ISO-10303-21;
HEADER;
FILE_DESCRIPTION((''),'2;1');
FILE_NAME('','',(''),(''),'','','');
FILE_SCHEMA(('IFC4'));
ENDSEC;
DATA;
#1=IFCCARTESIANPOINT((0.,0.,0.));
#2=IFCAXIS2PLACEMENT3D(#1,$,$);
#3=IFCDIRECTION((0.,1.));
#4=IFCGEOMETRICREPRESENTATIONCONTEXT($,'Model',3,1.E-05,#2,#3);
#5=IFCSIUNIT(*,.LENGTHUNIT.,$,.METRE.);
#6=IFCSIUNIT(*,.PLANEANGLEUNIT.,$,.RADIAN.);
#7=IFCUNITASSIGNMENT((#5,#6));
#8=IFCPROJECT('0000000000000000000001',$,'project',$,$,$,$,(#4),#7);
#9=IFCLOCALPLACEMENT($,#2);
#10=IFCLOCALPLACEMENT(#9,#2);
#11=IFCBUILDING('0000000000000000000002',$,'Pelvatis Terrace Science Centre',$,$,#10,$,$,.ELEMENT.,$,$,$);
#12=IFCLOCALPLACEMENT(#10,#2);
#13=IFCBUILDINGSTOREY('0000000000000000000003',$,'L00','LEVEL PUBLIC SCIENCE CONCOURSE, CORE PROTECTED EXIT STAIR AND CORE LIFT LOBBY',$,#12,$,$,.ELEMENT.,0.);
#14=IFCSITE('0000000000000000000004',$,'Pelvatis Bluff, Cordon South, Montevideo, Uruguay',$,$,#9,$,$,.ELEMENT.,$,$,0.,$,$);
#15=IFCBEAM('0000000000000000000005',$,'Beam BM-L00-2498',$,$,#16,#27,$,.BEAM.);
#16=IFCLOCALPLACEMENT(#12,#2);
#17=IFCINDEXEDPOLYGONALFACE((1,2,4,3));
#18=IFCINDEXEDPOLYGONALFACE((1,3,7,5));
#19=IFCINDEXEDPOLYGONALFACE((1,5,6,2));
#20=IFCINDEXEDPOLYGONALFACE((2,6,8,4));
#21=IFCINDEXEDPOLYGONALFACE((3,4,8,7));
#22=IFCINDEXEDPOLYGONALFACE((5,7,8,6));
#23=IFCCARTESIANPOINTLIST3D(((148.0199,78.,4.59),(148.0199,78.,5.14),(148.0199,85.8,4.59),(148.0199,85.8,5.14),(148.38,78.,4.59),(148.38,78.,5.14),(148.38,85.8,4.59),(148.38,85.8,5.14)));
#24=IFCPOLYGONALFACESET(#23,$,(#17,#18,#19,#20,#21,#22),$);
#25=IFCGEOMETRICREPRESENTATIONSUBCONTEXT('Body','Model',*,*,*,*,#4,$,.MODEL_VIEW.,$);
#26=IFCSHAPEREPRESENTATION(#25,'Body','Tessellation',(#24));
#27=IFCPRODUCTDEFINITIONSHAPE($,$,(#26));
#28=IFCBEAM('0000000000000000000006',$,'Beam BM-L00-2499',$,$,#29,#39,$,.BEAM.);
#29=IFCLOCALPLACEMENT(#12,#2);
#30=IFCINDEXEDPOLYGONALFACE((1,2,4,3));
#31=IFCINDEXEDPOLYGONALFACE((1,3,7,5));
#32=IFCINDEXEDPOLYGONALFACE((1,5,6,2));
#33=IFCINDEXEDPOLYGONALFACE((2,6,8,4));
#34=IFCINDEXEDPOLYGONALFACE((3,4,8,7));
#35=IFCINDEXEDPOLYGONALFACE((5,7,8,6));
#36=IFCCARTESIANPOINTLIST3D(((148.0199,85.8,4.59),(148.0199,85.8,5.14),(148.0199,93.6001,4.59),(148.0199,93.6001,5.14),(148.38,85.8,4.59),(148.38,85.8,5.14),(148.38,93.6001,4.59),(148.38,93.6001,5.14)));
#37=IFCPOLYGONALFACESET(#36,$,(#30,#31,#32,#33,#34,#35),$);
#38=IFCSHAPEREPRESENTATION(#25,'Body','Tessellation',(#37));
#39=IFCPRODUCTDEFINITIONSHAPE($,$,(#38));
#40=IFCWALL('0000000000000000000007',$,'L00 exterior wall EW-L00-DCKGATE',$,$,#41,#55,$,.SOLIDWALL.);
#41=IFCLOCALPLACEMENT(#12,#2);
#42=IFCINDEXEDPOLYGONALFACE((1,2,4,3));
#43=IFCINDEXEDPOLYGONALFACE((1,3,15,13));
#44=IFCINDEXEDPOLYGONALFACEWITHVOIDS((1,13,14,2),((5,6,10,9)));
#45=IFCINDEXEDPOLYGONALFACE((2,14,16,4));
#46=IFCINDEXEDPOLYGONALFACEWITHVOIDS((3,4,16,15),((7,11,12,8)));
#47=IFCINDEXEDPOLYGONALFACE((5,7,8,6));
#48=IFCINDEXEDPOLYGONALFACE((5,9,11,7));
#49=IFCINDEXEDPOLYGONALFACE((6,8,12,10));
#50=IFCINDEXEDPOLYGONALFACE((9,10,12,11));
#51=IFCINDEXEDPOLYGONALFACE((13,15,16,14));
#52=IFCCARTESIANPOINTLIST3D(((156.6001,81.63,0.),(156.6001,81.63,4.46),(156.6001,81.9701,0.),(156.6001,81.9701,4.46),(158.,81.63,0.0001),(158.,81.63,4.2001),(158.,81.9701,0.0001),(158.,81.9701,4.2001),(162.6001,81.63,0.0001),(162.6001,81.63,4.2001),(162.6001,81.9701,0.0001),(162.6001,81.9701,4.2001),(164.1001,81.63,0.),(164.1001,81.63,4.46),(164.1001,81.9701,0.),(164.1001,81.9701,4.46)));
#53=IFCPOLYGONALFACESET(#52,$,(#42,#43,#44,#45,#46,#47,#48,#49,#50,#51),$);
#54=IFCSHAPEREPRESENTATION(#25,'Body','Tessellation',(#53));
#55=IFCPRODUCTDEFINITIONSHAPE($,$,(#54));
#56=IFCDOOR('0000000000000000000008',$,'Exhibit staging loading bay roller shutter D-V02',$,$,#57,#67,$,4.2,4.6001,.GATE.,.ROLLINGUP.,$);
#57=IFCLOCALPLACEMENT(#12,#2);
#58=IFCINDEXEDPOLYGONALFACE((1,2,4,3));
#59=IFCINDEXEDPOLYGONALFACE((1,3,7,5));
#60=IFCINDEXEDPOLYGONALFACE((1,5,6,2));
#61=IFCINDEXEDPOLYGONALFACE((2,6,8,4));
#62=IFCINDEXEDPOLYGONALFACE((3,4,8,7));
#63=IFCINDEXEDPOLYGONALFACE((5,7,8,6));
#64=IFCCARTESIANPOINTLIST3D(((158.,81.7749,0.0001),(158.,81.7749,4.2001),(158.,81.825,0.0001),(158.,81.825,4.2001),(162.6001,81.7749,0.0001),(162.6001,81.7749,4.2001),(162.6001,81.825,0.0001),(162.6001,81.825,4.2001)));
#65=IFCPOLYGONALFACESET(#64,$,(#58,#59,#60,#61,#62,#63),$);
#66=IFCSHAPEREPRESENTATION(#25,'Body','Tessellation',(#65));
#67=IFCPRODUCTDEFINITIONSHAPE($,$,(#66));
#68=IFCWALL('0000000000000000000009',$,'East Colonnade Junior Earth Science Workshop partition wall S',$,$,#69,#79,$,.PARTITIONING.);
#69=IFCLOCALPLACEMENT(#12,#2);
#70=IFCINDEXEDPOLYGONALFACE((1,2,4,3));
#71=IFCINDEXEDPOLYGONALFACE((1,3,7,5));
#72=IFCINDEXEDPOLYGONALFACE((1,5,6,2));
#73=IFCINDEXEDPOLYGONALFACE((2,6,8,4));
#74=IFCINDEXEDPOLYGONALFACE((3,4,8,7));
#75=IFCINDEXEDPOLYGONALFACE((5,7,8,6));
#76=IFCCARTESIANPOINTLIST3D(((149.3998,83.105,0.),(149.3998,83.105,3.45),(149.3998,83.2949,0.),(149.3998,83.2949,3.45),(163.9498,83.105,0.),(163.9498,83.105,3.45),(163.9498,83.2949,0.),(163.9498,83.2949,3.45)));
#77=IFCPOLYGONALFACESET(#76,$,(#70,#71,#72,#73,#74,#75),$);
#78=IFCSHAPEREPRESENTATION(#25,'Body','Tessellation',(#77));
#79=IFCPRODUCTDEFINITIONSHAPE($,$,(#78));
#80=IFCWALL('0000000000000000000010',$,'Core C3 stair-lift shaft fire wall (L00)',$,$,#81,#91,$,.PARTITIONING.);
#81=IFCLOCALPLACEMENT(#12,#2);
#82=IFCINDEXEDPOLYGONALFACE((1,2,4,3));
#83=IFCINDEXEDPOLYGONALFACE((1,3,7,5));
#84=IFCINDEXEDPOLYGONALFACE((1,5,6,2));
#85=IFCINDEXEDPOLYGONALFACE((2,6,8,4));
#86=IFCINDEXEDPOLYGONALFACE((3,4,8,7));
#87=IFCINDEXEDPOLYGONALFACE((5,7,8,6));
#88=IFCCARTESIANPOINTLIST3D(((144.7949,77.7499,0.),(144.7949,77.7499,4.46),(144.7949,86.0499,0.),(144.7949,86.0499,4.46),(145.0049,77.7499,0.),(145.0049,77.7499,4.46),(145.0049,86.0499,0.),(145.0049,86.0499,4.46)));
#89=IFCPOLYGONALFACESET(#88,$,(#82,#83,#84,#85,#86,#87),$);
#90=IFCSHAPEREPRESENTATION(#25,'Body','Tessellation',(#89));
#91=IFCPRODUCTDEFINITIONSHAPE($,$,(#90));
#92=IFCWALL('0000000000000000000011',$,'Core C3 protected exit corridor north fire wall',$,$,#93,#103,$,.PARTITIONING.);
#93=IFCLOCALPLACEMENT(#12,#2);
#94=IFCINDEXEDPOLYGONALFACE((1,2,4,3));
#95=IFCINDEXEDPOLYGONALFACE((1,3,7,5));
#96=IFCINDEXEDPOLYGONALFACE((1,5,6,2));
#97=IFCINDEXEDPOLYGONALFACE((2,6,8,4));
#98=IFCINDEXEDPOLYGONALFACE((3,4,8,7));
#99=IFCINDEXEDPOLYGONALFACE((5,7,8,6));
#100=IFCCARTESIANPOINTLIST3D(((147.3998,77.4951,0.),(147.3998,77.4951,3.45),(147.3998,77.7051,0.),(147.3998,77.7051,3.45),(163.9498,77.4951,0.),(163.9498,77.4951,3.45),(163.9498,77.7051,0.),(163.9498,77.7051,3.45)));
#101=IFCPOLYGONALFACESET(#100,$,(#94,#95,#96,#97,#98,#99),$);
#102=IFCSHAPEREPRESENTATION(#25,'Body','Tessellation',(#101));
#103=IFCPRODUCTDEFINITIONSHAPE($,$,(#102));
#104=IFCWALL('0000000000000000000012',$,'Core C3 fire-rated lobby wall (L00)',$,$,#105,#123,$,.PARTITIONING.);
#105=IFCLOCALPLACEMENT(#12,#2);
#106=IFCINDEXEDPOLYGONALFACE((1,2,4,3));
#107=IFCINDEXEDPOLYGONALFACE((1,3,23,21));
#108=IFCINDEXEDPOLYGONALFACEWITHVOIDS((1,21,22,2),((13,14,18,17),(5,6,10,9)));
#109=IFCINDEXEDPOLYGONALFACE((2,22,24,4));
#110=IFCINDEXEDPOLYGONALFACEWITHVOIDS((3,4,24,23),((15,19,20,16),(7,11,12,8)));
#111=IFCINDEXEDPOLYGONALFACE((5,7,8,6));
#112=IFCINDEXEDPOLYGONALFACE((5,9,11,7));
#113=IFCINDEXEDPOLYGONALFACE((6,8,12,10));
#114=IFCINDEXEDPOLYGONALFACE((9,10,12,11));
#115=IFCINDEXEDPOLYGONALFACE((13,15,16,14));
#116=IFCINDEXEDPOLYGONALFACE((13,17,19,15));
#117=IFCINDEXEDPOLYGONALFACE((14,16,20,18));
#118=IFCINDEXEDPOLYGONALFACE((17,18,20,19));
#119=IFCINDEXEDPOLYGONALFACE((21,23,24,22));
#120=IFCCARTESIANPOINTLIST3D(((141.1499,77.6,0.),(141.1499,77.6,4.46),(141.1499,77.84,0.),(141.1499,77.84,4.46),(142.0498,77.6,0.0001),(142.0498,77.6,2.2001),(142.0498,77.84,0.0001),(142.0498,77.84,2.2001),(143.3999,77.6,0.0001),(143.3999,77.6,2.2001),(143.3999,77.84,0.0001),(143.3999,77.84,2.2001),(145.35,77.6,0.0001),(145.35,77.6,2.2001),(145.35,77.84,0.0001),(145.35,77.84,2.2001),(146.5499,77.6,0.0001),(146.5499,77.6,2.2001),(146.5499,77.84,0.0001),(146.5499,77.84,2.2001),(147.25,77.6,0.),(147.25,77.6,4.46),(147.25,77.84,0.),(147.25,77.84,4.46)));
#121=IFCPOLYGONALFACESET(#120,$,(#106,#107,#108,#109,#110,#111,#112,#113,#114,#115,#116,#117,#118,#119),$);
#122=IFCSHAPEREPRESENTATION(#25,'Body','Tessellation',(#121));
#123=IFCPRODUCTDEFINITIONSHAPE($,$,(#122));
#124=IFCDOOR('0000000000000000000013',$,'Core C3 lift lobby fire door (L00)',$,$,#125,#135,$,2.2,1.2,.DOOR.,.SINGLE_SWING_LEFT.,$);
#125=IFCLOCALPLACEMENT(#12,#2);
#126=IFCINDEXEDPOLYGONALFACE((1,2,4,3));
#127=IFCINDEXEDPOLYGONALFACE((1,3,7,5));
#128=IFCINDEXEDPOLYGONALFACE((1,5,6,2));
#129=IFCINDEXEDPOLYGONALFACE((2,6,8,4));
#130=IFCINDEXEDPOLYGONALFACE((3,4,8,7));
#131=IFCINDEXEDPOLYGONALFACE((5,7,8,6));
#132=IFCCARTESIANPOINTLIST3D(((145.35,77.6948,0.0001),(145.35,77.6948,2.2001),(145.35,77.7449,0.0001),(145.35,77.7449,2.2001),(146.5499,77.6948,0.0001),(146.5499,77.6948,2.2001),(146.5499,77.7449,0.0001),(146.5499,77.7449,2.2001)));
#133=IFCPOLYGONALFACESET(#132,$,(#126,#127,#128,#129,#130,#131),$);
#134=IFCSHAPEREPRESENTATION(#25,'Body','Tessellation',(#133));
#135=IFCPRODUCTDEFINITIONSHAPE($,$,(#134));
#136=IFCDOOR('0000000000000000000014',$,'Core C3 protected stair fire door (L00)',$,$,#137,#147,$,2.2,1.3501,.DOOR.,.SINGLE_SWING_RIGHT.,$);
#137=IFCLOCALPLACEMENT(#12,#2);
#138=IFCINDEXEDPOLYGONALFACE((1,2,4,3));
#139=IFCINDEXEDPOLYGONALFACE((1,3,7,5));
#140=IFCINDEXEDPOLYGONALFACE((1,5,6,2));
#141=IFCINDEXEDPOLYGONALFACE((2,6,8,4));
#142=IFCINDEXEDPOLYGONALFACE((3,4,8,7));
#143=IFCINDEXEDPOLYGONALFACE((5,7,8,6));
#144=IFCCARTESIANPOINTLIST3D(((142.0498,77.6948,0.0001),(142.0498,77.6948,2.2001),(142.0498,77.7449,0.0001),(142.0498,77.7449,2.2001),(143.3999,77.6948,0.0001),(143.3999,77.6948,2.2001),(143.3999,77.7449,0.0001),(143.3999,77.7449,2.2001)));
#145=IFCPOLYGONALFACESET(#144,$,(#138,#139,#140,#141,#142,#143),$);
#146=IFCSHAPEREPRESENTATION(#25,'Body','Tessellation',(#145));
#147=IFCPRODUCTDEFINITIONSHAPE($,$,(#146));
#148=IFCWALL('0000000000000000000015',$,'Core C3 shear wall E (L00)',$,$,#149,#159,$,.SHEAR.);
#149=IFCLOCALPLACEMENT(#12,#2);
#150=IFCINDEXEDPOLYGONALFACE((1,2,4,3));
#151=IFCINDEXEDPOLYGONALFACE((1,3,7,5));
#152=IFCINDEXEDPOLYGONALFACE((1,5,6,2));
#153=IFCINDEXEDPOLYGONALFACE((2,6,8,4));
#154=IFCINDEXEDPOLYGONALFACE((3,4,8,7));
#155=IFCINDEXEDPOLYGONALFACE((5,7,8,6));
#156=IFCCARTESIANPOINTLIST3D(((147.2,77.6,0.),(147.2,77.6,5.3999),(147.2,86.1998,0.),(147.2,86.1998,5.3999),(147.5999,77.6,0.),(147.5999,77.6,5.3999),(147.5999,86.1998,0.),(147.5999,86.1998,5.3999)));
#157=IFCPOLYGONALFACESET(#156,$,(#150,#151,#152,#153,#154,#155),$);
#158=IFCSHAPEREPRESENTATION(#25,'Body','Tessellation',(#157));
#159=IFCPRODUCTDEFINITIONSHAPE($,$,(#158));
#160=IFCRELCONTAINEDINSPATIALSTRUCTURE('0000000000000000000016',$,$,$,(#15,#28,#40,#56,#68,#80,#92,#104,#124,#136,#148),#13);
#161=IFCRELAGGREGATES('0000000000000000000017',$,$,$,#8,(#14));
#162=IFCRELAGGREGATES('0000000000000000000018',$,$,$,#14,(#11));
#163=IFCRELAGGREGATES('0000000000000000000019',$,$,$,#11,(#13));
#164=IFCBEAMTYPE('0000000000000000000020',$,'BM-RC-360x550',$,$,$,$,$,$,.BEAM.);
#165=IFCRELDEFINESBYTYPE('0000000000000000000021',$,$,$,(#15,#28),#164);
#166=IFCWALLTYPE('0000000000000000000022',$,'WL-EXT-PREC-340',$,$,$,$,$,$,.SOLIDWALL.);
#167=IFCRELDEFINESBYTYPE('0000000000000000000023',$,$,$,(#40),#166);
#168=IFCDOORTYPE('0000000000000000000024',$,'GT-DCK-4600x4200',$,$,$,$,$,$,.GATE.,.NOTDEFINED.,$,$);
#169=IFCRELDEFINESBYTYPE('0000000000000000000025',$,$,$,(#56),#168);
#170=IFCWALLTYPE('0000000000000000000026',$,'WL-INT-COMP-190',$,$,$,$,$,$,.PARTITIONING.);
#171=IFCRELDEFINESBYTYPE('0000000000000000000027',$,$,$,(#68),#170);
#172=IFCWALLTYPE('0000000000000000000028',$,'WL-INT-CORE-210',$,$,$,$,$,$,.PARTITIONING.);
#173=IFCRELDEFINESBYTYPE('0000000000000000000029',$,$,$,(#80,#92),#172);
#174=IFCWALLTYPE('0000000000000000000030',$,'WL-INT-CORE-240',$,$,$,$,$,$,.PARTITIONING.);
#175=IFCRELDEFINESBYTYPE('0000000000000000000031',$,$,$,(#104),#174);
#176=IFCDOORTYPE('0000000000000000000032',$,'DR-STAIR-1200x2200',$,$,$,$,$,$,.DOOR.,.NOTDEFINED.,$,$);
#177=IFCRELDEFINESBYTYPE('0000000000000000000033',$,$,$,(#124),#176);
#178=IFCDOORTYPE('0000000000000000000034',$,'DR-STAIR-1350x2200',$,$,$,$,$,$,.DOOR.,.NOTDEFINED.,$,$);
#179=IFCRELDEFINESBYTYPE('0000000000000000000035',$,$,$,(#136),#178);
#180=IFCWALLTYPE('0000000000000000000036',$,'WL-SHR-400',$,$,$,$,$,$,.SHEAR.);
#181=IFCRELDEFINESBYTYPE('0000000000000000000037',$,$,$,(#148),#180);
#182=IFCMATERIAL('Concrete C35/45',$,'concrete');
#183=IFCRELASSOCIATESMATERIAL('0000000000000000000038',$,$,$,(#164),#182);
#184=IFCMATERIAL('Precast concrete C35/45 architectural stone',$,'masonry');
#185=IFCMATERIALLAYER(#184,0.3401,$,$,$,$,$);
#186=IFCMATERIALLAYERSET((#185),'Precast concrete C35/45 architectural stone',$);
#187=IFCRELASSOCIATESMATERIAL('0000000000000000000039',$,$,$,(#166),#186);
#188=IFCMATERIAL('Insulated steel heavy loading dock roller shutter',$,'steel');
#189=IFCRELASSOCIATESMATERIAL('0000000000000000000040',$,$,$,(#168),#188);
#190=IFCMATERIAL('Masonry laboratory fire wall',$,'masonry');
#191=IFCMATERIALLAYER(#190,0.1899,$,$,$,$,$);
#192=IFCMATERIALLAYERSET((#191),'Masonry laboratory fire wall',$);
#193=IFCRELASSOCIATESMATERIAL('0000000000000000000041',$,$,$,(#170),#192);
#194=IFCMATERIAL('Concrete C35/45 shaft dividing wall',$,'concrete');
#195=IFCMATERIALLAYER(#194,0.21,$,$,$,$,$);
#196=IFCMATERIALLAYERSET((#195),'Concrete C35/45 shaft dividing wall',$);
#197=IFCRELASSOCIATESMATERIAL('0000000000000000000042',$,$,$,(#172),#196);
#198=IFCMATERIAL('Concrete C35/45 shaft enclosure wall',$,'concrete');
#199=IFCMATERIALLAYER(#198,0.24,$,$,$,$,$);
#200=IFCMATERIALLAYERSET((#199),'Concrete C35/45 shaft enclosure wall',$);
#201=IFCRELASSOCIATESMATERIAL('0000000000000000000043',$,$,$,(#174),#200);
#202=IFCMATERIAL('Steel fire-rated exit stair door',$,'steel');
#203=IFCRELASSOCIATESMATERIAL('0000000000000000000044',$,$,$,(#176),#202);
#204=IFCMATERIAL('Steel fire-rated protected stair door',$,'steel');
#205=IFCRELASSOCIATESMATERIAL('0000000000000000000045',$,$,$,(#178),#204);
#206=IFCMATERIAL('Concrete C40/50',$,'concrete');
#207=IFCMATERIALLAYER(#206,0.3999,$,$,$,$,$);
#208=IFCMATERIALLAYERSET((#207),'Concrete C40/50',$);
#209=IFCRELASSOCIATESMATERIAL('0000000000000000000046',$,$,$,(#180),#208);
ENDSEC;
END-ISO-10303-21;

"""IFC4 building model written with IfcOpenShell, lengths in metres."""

from ifc_helpers import new_model, si_unit, direction, frame, frame_2d, origin, origin_2d, place, context, subcontext, project, spatial, rectangle, extrude, material, layer, layer_set, material_profile, profile_set, type_object, element, fill, save


model = new_model("IFC4")

# Units and contexts
model_context = context("Model", 3, precision=1e-05, world=origin(), true_north=direction((0.0, 1.0)))
body_context = subcontext(model_context, "Body", "Model", "MODEL_VIEW")
ifc_project = project(units=[si_unit("LENGTHUNIT", "METRE"), si_unit("PLANEANGLEUNIT", "RADIAN")], contexts=[model_context])

# Site, building, storey
site_placement = place(None, origin())
site = spatial("IfcSite", under=ifc_project, at=site_placement, Name="Pelvatis Bluff, Cordon South, Montevideo, Uruguay", CompositionType="ELEMENT", RefElevation=0.0)
building_placement = place(site_placement, origin())
building = spatial("IfcBuilding", under=site, at=building_placement, Name="Pelvatis Terrace Science Centre", CompositionType="ELEMENT")
storey_placement = place(building_placement, origin())
storey = spatial("IfcBuildingStorey", under=building, at=storey_placement, Name="L00", Description="LEVEL PUBLIC SCIENCE CONCOURSE, CORE PROTECTED EXIT STAIR AND CORE LIFT LOBBY", CompositionType="ELEMENT", Elevation=0.0)

# Beams
ifc_material_1 = material(Name="Concrete C35/45", Category="concrete")
ifc_material_profile_1 = material_profile(ifc_material_1, rectangle(XDim=0.3601, YDim=0.55, at=origin_2d()), Name="RC-BM 360x550")
ifc_profile_set_1 = profile_set([ifc_material_profile_1], Name="Concrete C35/45")
beam_type = type_object("IfcBeamType", Name="BM-RC-360x550", PredefinedType="BEAM", material=ifc_profile_set_1)
for number, where, z_axis, x_axis, name in (
    (1, (148.2, 78.0, 4.865), (0.0, 1.0, 0.0), (-1.0, 0.0, 0.0), "Beam BM-L00-2498"),
    (2, (148.2, 85.8, 4.865), (0.0, 1.0, 0.0), (-1.0, 0.0, 0.0), "Beam BM-L00-2499"),
):
    element("IfcBeam", number, at=place(storey_placement, frame(where, z_axis=z_axis, x_axis=x_axis)), inside=storey, type_object=beam_type, Name=name, PredefinedType="BEAM", context=body_context, shape_type="SweptSolid", body=[
        extrude(rectangle(XDim=0.3601, YDim=0.55, at=origin_2d()), origin(), (0.0, 0.0, 1.0), 7.8),
    ])

# Wall, opening, door
ifc_material_2 = material(Name="Precast concrete C35/45 architectural stone", Category="masonry")
ifc_layer_1 = layer(ifc_material_2, 0.3401)
ifc_layer_set_1 = layer_set([ifc_layer_1], Name="Precast concrete C35/45 architectural stone")
wall_type_1 = type_object("IfcWallType", Name="WL-EXT-PREC-340", PredefinedType="SOLIDWALL", material=ifc_layer_set_1)
wall_1_placement = place(storey_placement, frame((156.6001, 81.8, 0.0), z_axis=(0.0, 0.0, 1.0), x_axis=(1.0, 0.0, 0.0)))
wall_1 = element("IfcWall", 3, at=wall_1_placement, inside=storey, type_object=wall_type_1, Name="L00 exterior wall EW-L00-DCKGATE", PredefinedType="SOLIDWALL", context=body_context, shape_type="SweptSolid", body=[
    extrude(rectangle(XDim=7.5, YDim=0.3401, at=frame_2d((3.75, 0.0))), origin(), (0.0, 0.0, 1.0), 4.46),
])
opening_1_placement = place(wall_1_placement, frame((1.3999, 0.0, 0.0)))
opening_1 = element("IfcOpeningElement", 4, at=opening_1_placement, cuts=wall_1, PredefinedType="OPENING", context=body_context, shape_type="SweptSolid", body=[
    extrude(rectangle(XDim=4.6001, YDim=4.2, at=frame_2d((2.3, 2.1001))), frame((0.0, 0.1799, 0.0), z_axis=(0.0, -1.0, 0.0), x_axis=(1.0, 0.0, 0.0)), (0.0, 0.0, 1.0), 0.3601),
])
ifc_material_3 = material(Name="Insulated steel heavy loading dock roller shutter", Category="steel")
door_type_1 = type_object("IfcDoorType", Name="GT-DCK-4600x4200", OperationType="NOTDEFINED", PredefinedType="GATE", material=ifc_material_3)
door_1_placement = place(opening_1_placement, origin())
door_1 = element("IfcDoor", 5, at=door_1_placement, inside=storey, type_object=door_type_1, Name="Exhibit staging loading bay roller shutter D-V02", OperationType="ROLLINGUP", OverallHeight=4.2, OverallWidth=4.6001, PredefinedType="GATE", context=body_context, shape_type="SweptSolid", body=[
    extrude(rectangle(XDim=4.6001, YDim=4.2, at=frame_2d((2.3, 2.1001))), frame((0.0, 0.0249, 0.0), z_axis=(0.0, -1.0, 0.0), x_axis=(1.0, 0.0, 0.0)), (0.0, 0.0, 1.0), 0.05),
])
fill(opening_1, door_1)

# Walls
ifc_material_4 = material(Name="Masonry laboratory fire wall", Category="masonry")
ifc_layer_2 = layer(ifc_material_4, 0.1899)
ifc_layer_set_2 = layer_set([ifc_layer_2], Name="Masonry laboratory fire wall")
wall_type_2 = type_object("IfcWallType", Name="WL-INT-COMP-190", PredefinedType="PARTITIONING", material=ifc_layer_set_2)
wall_2_placement = place(storey_placement, frame((149.3999, 83.2, 0.0), z_axis=(0.0, 0.0, 1.0), x_axis=(1.0, 0.0, 0.0)))
element("IfcWall", 6, at=wall_2_placement, inside=storey, type_object=wall_type_2, Name="East Colonnade Junior Earth Science Workshop partition wall S", PredefinedType="PARTITIONING", context=body_context, shape_type="SweptSolid", body=[
    extrude(rectangle(XDim=14.55, YDim=0.1899, at=frame_2d((7.2749, 0.0))), origin(), (0.0, 0.0, 1.0), 3.45),
])
ifc_material_5 = material(Name="Concrete C35/45 shaft dividing wall", Category="concrete")
ifc_layer_3 = layer(ifc_material_5, 0.21)
ifc_layer_set_3 = layer_set([ifc_layer_3], Name="Concrete C35/45 shaft dividing wall")
wall_type_3 = type_object("IfcWallType", Name="WL-INT-CORE-210", PredefinedType="PARTITIONING", material=ifc_layer_set_3)
wall_3_placement = place(storey_placement, frame((144.8999, 77.75, 0.0), z_axis=(0.0, 0.0, 1.0), x_axis=(0.0, 1.0, 0.0)))
element("IfcWall", 7, at=wall_3_placement, inside=storey, type_object=wall_type_3, Name="Core C3 stair-lift shaft fire wall (L00)", PredefinedType="PARTITIONING", context=body_context, shape_type="SweptSolid", body=[
    extrude(rectangle(XDim=8.3, YDim=0.21, at=frame_2d((4.1499, 0.0))), origin(), (0.0, 0.0, 1.0), 4.46),
])
wall_4_placement = place(storey_placement, frame((147.3999, 77.6001, 0.0), z_axis=(0.0, 0.0, 1.0), x_axis=(1.0, 0.0, 0.0)))
element("IfcWall", 8, at=wall_4_placement, inside=storey, type_object=wall_type_3, Name="Core C3 protected exit corridor north fire wall", PredefinedType="PARTITIONING", context=body_context, shape_type="SweptSolid", body=[
    extrude(rectangle(XDim=16.55, YDim=0.21, at=frame_2d((8.2749, 0.0))), origin(), (0.0, 0.0, 1.0), 3.45),
])

# Wall, openings, doors
ifc_material_6 = material(Name="Concrete C35/45 shaft enclosure wall", Category="concrete")
ifc_layer_4 = layer(ifc_material_6, 0.24)
ifc_layer_set_4 = layer_set([ifc_layer_4], Name="Concrete C35/45 shaft enclosure wall")
wall_type_4 = type_object("IfcWallType", Name="WL-INT-CORE-240", PredefinedType="PARTITIONING", material=ifc_layer_set_4)
wall_5_placement = place(storey_placement, frame((141.1499, 77.72, 0.0), z_axis=(0.0, 0.0, 1.0), x_axis=(1.0, 0.0, 0.0)))
wall_5 = element("IfcWall", 9, at=wall_5_placement, inside=storey, type_object=wall_type_4, Name="Core C3 fire-rated lobby wall (L00)", PredefinedType="PARTITIONING", context=body_context, shape_type="SweptSolid", body=[
    extrude(rectangle(XDim=6.1001, YDim=0.24, at=frame_2d((3.05, 0.0))), origin(), (0.0, 0.0, 1.0), 4.46),
])
opening_2_placement = place(wall_5_placement, frame((0.8999, 0.0, 0.0)))
opening_2 = element("IfcOpeningElement", 10, at=opening_2_placement, cuts=wall_5, PredefinedType="OPENING", context=body_context, shape_type="SweptSolid", body=[
    extrude(rectangle(XDim=1.3501, YDim=2.2, at=frame_2d((0.675, 1.1001))), frame((0.0, 0.1299, 0.0), z_axis=(0.0, -1.0, 0.0), x_axis=(1.0, 0.0, 0.0)), (0.0, 0.0, 1.0), 0.26),
])
opening_3_placement = place(wall_5_placement, frame((4.2, 0.0, 0.0)))
opening_3 = element("IfcOpeningElement", 11, at=opening_3_placement, cuts=wall_5, PredefinedType="OPENING", context=body_context, shape_type="SweptSolid", body=[
    extrude(rectangle(XDim=1.2, YDim=2.2, at=frame_2d((0.6001, 1.1001))), frame((0.0, 0.1299, 0.0), z_axis=(0.0, -1.0, 0.0), x_axis=(1.0, 0.0, 0.0)), (0.0, 0.0, 1.0), 0.26),
])
ifc_material_7 = material(Name="Steel fire-rated exit stair door", Category="steel")
door_type_2 = type_object("IfcDoorType", Name="DR-STAIR-1200x2200", OperationType="NOTDEFINED", PredefinedType="DOOR", material=ifc_material_7)
door_2_placement = place(opening_3_placement, origin())
door_2 = element("IfcDoor", 12, at=door_2_placement, inside=storey, type_object=door_type_2, Name="Core C3 lift lobby fire door (L00)", OperationType="SINGLE_SWING_LEFT", OverallHeight=2.2, OverallWidth=1.2, PredefinedType="DOOR", context=body_context, shape_type="SweptSolid", body=[
    extrude(rectangle(XDim=1.2, YDim=2.2, at=frame_2d((0.6001, 1.1001))), frame((0.0, 0.0249, 0.0), z_axis=(0.0, -1.0, 0.0), x_axis=(1.0, 0.0, 0.0)), (0.0, 0.0, 1.0), 0.05),
])
fill(opening_3, door_2)
ifc_material_8 = material(Name="Steel fire-rated protected stair door", Category="steel")
door_type_3 = type_object("IfcDoorType", Name="DR-STAIR-1350x2200", OperationType="NOTDEFINED", PredefinedType="DOOR", material=ifc_material_8)
door_3_placement = place(opening_2_placement, origin())
door_3 = element("IfcDoor", 13, at=door_3_placement, inside=storey, type_object=door_type_3, Name="Core C3 protected stair fire door (L00)", OperationType="SINGLE_SWING_RIGHT", OverallHeight=2.2, OverallWidth=1.3501, PredefinedType="DOOR", context=body_context, shape_type="SweptSolid", body=[
    extrude(rectangle(XDim=1.3501, YDim=2.2, at=frame_2d((0.675, 1.1001))), frame((0.0, 0.0249, 0.0), z_axis=(0.0, -1.0, 0.0), x_axis=(1.0, 0.0, 0.0)), (0.0, 0.0, 1.0), 0.05),
])
fill(opening_2, door_3)

# Wall
ifc_material_9 = material(Name="Concrete C40/50", Category="concrete")
ifc_layer_5 = layer(ifc_material_9, 0.3999)
ifc_layer_set_5 = layer_set([ifc_layer_5], Name="Concrete C40/50")
wall_type_5 = type_object("IfcWallType", Name="WL-SHR-400", PredefinedType="SHEAR", material=ifc_layer_set_5)
wall_6_placement = place(storey_placement, frame((147.3999, 77.6001, 0.0), z_axis=(0.0, 0.0, 1.0), x_axis=(0.0, 1.0, 0.0)))
element("IfcWall", 14, at=wall_6_placement, inside=storey, type_object=wall_type_5, Name="Core C3 shear wall E (L00)", PredefinedType="SHEAR", context=body_context, shape_type="SweptSolid", body=[
    extrude(rectangle(XDim=8.5999, YDim=0.3999, at=frame_2d((4.2998, 0.0))), origin(), (0.0, 0.0, 1.0), 5.3999),
])

save(model, "model.ifc")
